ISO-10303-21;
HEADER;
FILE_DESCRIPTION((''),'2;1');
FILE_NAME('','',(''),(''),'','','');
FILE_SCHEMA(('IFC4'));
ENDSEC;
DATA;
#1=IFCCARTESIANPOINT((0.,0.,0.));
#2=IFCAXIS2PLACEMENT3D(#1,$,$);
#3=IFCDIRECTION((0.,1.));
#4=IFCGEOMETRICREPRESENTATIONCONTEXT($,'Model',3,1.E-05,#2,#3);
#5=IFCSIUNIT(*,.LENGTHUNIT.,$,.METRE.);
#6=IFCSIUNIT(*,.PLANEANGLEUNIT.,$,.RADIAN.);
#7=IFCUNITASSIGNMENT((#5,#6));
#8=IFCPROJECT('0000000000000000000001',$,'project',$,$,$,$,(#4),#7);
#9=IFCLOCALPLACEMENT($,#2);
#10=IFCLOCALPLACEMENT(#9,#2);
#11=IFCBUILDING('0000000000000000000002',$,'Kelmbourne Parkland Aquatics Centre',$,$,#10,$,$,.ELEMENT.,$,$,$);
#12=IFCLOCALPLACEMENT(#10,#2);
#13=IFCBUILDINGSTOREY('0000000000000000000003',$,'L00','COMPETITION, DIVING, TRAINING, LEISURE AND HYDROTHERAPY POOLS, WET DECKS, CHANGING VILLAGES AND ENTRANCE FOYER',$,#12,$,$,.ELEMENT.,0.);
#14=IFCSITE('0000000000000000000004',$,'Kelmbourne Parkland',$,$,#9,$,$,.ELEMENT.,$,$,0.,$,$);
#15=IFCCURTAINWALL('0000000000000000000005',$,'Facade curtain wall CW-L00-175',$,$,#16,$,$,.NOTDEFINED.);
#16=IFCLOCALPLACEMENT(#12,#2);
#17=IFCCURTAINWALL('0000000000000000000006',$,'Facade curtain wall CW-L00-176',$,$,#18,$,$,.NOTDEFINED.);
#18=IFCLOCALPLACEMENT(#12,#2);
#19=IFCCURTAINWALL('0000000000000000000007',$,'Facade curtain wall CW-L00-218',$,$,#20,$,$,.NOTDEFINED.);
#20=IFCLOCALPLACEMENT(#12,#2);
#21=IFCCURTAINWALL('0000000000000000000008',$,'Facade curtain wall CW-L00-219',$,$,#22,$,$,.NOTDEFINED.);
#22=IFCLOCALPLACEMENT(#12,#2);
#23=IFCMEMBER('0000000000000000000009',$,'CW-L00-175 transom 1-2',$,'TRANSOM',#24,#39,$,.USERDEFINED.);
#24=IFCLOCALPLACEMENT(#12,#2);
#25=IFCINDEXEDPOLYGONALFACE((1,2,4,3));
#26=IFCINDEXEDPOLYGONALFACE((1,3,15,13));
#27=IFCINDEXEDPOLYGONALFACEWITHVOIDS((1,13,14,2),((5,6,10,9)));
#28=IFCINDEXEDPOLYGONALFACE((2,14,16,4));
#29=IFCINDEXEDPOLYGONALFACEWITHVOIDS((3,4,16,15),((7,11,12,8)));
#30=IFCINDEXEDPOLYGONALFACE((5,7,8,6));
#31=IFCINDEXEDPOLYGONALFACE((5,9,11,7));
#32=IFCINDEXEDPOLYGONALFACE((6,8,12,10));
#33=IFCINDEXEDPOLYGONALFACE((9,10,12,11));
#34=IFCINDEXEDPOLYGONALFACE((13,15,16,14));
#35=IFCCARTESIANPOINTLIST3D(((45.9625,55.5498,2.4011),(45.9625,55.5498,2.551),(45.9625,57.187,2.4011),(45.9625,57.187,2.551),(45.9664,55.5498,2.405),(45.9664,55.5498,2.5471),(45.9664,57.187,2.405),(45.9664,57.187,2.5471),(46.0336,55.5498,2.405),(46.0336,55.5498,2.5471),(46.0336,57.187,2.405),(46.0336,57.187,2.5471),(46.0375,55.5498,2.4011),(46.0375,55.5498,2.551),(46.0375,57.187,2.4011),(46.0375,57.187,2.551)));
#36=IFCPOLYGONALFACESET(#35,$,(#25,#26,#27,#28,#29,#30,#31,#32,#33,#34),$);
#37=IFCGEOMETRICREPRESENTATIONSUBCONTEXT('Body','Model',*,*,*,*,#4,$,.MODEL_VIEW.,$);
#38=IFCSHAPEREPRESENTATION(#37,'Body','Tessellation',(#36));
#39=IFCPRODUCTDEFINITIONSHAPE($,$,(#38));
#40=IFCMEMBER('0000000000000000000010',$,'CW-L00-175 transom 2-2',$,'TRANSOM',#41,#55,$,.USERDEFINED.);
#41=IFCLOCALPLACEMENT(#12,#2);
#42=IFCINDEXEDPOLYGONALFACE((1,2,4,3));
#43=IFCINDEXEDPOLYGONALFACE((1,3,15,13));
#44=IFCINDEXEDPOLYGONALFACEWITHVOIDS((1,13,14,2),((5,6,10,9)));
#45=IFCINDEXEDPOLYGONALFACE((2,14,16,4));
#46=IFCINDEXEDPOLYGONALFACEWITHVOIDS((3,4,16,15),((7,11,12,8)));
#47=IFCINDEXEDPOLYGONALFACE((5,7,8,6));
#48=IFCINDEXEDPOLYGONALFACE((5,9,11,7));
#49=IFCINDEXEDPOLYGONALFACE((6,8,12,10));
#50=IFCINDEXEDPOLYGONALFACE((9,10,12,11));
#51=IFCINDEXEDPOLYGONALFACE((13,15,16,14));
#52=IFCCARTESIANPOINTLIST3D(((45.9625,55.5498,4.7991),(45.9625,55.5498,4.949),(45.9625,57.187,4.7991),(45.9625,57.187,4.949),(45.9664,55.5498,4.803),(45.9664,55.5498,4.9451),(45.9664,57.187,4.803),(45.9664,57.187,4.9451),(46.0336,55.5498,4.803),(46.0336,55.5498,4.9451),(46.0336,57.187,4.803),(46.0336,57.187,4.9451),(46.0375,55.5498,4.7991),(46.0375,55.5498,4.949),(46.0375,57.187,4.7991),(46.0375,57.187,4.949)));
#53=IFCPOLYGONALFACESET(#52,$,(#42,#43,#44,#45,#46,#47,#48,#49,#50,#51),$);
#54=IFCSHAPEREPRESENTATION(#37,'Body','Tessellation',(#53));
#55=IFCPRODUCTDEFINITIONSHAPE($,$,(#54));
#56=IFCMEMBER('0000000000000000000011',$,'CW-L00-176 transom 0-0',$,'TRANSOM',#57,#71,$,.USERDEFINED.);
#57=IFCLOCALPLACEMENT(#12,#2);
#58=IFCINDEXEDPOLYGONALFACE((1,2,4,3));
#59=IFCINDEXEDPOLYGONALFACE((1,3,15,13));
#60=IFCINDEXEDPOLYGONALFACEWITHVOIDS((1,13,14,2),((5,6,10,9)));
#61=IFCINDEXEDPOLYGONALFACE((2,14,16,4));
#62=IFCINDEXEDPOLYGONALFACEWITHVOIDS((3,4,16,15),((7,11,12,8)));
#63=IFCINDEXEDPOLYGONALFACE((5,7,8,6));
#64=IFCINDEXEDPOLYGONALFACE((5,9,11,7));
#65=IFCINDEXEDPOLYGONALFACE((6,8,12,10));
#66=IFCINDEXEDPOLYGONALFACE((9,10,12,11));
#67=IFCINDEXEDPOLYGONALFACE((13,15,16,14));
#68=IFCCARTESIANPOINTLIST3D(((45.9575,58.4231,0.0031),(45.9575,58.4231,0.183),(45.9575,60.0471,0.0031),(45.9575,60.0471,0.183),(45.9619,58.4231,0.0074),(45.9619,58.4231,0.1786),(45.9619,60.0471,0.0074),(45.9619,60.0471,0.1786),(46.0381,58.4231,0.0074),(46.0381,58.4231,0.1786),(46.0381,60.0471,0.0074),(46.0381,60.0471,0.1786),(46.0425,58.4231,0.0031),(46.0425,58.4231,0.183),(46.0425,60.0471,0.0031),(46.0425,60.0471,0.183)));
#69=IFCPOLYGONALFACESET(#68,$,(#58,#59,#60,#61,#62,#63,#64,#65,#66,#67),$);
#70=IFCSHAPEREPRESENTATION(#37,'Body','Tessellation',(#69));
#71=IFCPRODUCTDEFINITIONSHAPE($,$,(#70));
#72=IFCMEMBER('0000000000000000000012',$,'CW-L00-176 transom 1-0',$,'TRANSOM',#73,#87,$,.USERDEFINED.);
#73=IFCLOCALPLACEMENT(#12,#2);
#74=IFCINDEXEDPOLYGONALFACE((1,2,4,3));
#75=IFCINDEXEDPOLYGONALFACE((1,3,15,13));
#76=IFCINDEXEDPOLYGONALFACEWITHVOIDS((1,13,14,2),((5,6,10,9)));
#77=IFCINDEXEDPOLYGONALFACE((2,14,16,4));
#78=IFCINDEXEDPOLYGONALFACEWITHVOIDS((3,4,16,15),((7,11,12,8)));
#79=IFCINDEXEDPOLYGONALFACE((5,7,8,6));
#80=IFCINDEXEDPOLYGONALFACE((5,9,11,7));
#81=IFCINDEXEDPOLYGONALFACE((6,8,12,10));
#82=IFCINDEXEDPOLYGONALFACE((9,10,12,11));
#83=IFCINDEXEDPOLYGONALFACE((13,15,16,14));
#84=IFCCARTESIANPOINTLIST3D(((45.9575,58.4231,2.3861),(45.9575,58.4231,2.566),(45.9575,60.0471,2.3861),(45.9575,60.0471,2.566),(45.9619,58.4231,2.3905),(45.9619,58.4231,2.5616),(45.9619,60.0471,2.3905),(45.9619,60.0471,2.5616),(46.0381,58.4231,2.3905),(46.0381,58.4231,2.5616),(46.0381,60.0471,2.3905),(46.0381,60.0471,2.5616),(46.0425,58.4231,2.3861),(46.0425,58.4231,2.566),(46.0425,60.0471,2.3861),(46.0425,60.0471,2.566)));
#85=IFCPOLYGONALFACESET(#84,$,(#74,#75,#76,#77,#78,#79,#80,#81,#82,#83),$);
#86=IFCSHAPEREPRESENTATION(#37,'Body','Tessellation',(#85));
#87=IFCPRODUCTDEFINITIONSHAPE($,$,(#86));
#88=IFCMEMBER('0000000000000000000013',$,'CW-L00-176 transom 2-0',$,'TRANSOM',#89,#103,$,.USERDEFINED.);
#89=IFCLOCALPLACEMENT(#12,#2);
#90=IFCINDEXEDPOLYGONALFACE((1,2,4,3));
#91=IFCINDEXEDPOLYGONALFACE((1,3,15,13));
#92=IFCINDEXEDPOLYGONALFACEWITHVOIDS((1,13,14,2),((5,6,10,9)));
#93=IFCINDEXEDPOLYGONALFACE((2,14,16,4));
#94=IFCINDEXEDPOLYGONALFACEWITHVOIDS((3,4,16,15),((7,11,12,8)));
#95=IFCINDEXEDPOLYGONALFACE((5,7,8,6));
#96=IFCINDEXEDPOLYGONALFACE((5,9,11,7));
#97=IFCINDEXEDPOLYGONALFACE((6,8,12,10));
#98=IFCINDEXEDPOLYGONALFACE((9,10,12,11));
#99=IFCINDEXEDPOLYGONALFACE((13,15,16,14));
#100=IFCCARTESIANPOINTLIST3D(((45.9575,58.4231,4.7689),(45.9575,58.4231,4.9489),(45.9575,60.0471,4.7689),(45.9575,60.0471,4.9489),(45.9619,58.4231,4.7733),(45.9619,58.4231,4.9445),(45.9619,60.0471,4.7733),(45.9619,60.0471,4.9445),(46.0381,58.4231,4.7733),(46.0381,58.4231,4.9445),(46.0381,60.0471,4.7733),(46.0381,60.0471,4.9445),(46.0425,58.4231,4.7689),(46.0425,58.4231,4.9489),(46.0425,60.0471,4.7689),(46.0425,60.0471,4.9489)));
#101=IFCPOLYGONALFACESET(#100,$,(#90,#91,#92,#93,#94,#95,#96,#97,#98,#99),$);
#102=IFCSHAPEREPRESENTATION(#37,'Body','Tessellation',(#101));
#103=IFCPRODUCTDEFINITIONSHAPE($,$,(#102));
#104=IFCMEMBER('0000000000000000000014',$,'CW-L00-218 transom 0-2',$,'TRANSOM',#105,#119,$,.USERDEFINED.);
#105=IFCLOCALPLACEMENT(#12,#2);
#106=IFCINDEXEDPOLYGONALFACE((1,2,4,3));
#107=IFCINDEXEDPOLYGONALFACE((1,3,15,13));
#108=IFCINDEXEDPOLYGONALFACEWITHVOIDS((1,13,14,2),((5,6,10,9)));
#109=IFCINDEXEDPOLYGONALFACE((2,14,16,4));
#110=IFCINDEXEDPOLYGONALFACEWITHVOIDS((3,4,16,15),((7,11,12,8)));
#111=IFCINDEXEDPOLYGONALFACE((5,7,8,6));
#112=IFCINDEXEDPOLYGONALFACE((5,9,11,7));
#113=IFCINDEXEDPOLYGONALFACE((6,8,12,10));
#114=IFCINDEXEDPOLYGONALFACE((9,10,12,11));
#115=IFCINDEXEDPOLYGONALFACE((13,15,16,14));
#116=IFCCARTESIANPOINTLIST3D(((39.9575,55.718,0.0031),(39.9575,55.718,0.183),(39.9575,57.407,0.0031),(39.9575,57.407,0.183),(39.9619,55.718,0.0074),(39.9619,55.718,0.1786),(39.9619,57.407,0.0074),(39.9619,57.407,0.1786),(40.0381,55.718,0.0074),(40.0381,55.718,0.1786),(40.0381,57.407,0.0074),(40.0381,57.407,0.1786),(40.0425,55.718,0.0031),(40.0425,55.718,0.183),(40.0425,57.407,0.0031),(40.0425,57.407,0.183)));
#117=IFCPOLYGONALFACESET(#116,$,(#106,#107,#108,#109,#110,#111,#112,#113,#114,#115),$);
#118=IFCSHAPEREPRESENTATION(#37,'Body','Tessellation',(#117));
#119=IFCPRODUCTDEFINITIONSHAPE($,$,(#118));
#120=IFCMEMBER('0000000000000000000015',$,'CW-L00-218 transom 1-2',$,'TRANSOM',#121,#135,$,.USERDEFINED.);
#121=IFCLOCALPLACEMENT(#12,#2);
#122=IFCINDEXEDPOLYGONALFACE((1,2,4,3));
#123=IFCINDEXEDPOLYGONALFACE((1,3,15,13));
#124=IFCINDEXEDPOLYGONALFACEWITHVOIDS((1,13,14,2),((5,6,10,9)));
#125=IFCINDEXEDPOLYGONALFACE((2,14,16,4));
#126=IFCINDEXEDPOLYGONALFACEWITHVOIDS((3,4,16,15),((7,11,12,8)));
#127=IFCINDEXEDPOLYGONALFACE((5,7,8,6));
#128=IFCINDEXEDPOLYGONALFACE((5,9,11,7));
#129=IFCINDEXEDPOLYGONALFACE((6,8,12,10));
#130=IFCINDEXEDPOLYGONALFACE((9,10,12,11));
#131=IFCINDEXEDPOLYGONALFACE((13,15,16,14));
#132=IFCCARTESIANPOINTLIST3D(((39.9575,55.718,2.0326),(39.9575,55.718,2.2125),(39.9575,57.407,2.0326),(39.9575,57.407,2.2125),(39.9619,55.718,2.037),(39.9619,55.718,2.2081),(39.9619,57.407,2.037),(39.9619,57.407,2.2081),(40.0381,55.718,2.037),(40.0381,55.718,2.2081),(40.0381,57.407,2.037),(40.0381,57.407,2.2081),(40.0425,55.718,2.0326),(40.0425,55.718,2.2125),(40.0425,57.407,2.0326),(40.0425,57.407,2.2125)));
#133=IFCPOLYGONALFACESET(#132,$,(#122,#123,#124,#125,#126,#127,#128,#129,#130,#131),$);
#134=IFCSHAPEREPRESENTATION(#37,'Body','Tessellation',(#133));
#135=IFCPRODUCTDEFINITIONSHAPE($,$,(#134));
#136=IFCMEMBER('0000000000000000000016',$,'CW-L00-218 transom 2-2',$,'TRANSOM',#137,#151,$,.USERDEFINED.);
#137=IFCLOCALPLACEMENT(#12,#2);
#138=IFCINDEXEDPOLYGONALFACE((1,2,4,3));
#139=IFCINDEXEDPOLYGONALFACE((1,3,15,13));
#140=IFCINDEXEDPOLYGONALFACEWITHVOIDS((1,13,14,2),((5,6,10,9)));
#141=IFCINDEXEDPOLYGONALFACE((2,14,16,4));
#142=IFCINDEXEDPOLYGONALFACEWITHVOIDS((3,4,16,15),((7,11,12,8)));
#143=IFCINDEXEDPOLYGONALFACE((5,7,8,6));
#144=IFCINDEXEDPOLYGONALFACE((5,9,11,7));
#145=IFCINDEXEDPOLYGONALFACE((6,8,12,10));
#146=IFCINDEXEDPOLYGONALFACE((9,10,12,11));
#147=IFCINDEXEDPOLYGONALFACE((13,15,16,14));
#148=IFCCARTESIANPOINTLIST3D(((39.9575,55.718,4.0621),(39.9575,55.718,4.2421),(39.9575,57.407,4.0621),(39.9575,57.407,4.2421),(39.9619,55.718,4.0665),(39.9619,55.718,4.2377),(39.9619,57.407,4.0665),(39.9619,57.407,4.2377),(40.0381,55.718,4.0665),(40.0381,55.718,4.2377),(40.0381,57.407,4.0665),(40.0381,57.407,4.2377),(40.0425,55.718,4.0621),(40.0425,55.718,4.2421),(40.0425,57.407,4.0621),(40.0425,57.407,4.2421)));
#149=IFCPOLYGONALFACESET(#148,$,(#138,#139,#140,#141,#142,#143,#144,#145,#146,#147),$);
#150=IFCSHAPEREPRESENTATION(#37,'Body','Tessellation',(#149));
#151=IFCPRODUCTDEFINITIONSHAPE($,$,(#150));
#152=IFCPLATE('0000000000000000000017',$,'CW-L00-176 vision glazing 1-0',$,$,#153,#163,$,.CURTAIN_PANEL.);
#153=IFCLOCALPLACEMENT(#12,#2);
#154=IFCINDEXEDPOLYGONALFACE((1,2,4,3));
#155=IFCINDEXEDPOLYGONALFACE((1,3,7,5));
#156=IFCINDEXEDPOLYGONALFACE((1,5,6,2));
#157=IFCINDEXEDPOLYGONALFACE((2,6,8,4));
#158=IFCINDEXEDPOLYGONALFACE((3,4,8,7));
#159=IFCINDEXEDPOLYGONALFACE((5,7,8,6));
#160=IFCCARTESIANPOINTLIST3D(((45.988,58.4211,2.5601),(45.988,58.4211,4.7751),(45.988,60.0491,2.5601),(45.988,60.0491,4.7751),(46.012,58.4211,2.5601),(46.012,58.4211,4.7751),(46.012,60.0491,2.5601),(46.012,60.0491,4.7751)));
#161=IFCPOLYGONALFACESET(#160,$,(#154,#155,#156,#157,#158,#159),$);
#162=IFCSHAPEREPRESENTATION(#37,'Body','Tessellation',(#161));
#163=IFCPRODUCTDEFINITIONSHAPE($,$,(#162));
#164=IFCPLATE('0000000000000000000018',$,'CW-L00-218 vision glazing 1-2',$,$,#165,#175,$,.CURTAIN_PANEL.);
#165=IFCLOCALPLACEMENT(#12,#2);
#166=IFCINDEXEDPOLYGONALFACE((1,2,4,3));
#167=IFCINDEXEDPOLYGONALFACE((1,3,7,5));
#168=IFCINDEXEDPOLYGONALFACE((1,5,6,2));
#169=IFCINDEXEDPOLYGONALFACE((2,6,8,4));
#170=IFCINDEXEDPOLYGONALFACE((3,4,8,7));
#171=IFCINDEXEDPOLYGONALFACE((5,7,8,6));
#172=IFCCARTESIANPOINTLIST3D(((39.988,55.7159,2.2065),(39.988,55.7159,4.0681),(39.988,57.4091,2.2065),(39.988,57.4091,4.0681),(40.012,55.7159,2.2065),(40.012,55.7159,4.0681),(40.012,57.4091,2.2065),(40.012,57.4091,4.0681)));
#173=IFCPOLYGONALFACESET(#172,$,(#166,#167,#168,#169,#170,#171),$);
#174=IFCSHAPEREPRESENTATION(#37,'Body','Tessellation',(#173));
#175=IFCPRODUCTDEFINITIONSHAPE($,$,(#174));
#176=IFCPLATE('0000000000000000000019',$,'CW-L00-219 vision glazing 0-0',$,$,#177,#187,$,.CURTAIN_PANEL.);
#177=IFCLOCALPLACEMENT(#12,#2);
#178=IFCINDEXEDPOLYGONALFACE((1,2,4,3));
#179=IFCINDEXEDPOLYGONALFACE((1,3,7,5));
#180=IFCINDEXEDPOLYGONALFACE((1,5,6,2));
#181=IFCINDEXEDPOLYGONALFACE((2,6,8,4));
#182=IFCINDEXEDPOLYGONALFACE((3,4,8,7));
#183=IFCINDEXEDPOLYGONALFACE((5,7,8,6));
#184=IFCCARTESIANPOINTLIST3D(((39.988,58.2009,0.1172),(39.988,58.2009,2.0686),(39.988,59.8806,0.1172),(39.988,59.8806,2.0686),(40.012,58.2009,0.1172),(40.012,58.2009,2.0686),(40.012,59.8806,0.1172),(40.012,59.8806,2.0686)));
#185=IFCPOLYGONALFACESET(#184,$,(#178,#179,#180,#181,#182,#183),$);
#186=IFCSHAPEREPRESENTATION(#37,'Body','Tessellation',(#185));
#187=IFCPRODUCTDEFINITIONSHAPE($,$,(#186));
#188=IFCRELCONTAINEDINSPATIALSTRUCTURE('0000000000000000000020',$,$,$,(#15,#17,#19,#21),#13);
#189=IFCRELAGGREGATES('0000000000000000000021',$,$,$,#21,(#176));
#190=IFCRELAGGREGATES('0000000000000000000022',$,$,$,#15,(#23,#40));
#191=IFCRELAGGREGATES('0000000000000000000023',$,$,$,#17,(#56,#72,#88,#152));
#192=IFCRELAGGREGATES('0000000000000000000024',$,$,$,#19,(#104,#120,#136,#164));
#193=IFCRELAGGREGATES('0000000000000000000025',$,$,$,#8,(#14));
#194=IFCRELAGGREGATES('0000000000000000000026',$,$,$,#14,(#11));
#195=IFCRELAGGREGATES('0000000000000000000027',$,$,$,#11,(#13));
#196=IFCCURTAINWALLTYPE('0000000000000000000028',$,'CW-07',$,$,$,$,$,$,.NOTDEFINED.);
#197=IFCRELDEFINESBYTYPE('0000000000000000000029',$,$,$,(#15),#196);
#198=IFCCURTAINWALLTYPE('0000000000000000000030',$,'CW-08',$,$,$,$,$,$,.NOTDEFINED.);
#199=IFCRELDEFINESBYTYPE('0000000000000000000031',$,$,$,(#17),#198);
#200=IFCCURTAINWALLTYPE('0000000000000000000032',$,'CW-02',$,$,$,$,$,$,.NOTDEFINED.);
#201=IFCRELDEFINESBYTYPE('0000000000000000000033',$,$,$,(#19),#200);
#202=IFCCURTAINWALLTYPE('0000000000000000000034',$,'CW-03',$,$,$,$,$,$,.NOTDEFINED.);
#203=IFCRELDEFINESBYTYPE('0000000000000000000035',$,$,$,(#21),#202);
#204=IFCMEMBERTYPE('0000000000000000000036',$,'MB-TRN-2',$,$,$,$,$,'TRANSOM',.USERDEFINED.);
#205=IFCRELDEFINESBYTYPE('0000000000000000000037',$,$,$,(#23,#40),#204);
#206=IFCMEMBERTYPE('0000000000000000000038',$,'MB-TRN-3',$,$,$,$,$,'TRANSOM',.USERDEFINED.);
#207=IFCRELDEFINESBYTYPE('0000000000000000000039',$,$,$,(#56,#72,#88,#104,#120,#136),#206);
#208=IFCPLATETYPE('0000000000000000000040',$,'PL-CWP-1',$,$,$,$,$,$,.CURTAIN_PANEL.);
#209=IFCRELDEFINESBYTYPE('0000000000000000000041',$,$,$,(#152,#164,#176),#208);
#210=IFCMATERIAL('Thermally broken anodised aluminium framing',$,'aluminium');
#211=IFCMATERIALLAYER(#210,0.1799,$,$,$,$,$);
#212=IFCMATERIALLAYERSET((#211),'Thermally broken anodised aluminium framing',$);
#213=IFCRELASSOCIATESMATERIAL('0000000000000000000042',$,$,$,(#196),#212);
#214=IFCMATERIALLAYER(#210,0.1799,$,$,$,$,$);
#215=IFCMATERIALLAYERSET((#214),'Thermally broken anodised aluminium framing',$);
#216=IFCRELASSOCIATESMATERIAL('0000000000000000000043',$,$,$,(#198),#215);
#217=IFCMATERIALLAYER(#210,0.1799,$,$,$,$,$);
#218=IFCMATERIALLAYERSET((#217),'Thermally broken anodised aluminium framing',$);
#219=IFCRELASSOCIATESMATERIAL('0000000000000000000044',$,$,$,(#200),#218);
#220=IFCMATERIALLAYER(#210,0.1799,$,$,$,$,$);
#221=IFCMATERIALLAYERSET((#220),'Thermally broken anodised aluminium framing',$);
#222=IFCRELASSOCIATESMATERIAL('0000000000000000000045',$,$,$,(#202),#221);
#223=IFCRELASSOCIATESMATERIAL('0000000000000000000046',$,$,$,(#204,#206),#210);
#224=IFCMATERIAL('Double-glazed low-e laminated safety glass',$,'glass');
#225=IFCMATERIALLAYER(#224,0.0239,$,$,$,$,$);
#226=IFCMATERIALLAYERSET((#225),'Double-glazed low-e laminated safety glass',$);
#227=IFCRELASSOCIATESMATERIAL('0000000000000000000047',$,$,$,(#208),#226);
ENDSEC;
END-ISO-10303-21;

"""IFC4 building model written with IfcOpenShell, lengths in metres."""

from ifc_helpers import new_model, si_unit, direction, frame, origin, origin_2d, place, context, subcontext, project, spatial, rectangle, hollow_rectangle, extrude, material, layer, layer_set, material_profile, profile_set, type_object, element, aggregate, save


model = new_model("IFC4")

# Units and contexts
model_context = context("Model", 3, precision=1e-05, world=origin(), true_north=direction((0.0, 1.0)))
body_context = subcontext(model_context, "Body", "Model", "MODEL_VIEW")
ifc_project = project(units=[si_unit("LENGTHUNIT", "METRE"), si_unit("PLANEANGLEUNIT", "RADIAN")], contexts=[model_context])

# Site, building, storey
site_placement = place(None, origin())
site = spatial("IfcSite", under=ifc_project, at=site_placement, Name="Kelmbourne Parkland", CompositionType="ELEMENT", RefElevation=0.0)
building_placement = place(site_placement, origin())
building = spatial("IfcBuilding", under=site, at=building_placement, Name="Kelmbourne Parkland Aquatics Centre", CompositionType="ELEMENT")
storey_placement = place(building_placement, origin())
storey = spatial("IfcBuildingStorey", under=building, at=storey_placement, Name="L00", Description="COMPETITION, DIVING, TRAINING, LEISURE AND HYDROTHERAPY POOLS, WET DECKS, CHANGING VILLAGES AND ENTRANCE FOYER", CompositionType="ELEMENT", Elevation=0.0)

# Curtain walls
ifc_material_1 = material(Name="Thermally broken anodised aluminium framing", Category="aluminium")
ifc_layer_1 = layer(ifc_material_1, 0.1799)
ifc_layer_set_1 = layer_set([ifc_layer_1], Name="Thermally broken anodised aluminium framing")
curtain_wall_type_1 = type_object("IfcCurtainWallType", Name="CW-07", PredefinedType="NOTDEFINED", material=ifc_layer_set_1)
curtain_wall_1_placement = place(storey_placement, origin())
curtain_wall_1 = element("IfcCurtainWall", 1, at=curtain_wall_1_placement, inside=storey, type_object=curtain_wall_type_1, Name="Facade curtain wall CW-L00-175", PredefinedType="NOTDEFINED")
ifc_layer_2 = layer(ifc_material_1, 0.1799)
ifc_layer_set_2 = layer_set([ifc_layer_2], Name="Thermally broken anodised aluminium framing")
curtain_wall_type_2 = type_object("IfcCurtainWallType", Name="CW-08", PredefinedType="NOTDEFINED", material=ifc_layer_set_2)
curtain_wall_2_placement = place(storey_placement, origin())
curtain_wall_2 = element("IfcCurtainWall", 2, at=curtain_wall_2_placement, inside=storey, type_object=curtain_wall_type_2, Name="Facade curtain wall CW-L00-176", PredefinedType="NOTDEFINED")
ifc_layer_3 = layer(ifc_material_1, 0.1799)
ifc_layer_set_3 = layer_set([ifc_layer_3], Name="Thermally broken anodised aluminium framing")
curtain_wall_type_3 = type_object("IfcCurtainWallType", Name="CW-02", PredefinedType="NOTDEFINED", material=ifc_layer_set_3)
curtain_wall_3_placement = place(storey_placement, origin())
curtain_wall_3 = element("IfcCurtainWall", 3, at=curtain_wall_3_placement, inside=storey, type_object=curtain_wall_type_3, Name="Facade curtain wall CW-L00-218", PredefinedType="NOTDEFINED")

# Curtain wall
ifc_layer_4 = layer(ifc_material_1, 0.1799)
ifc_layer_set_4 = layer_set([ifc_layer_4], Name="Thermally broken anodised aluminium framing")
curtain_wall_type_4 = type_object("IfcCurtainWallType", Name="CW-03", PredefinedType="NOTDEFINED", material=ifc_layer_set_4)
curtain_wall_4_placement = place(storey_placement, origin())
curtain_wall_4 = element("IfcCurtainWall", 4, at=curtain_wall_4_placement, inside=storey, type_object=curtain_wall_type_4, Name="Facade curtain wall CW-L00-219", PredefinedType="NOTDEFINED")

# Members
ifc_material_profile_1 = material_profile(ifc_material_1, hollow_rectangle(XDim=0.075, YDim=0.1499, WallThickness=0.0039, at=origin_2d()), Name="CW-T 75x150")
ifc_profile_set_1 = profile_set([ifc_material_profile_1], Name="Thermally broken anodised aluminium framing")
member_type_1 = type_object("IfcMemberType", Name="MB-TRN-2", ElementType="TRANSOM", PredefinedType="USERDEFINED", material=ifc_profile_set_1)
member_1_placement = place(storey_placement, frame((46.0, 55.5498, 2.4761), z_axis=(0.0, 1.0, 0.0), x_axis=(-1.0, 0.0, 0.0)))
member_1 = element("IfcMember", 5, at=member_1_placement, type_object=member_type_1, Name="CW-L00-175 transom 1-2", ObjectType="TRANSOM", PredefinedType="USERDEFINED", context=body_context, shape_type="SweptSolid", body=[
    extrude(hollow_rectangle(XDim=0.075, YDim=0.1499, WallThickness=0.0039, at=origin_2d()), origin(), (0.0, 0.0, 1.0), 1.6372),
])
member_2_placement = place(storey_placement, frame((46.0, 55.5498, 4.874), z_axis=(0.0, 1.0, 0.0), x_axis=(-1.0, 0.0, 0.0)))
member_2 = element("IfcMember", 6, at=member_2_placement, type_object=member_type_1, Name="CW-L00-175 transom 2-2", ObjectType="TRANSOM", PredefinedType="USERDEFINED", context=body_context, shape_type="SweptSolid", body=[
    extrude(hollow_rectangle(XDim=0.075, YDim=0.1499, WallThickness=0.0039, at=origin_2d()), origin(), (0.0, 0.0, 1.0), 1.6372),
])
ifc_material_profile_2 = material_profile(ifc_material_1, hollow_rectangle(XDim=0.085, YDim=0.1799, WallThickness=0.0044, at=origin_2d()), Name="CW-T 85x180")
ifc_profile_set_2 = profile_set([ifc_material_profile_2], Name="Thermally broken anodised aluminium framing")
member_type_2 = type_object("IfcMemberType", Name="MB-TRN-3", ElementType="TRANSOM", PredefinedType="USERDEFINED", material=ifc_profile_set_2)
member_3_placement = place(storey_placement, frame((46.0, 58.4231, 0.093), z_axis=(0.0, 1.0, 0.0), x_axis=(-1.0, 0.0, 0.0)))
member_3 = element("IfcMember", 7, at=member_3_placement, type_object=member_type_2, Name="CW-L00-176 transom 0-0", ObjectType="TRANSOM", PredefinedType="USERDEFINED", context=body_context, shape_type="SweptSolid", body=[
    extrude(hollow_rectangle(XDim=0.085, YDim=0.1799, WallThickness=0.0044, at=origin_2d()), origin(), (0.0, 0.0, 1.0), 1.624),
])
member_4_placement = place(storey_placement, frame((46.0, 58.4231, 2.4761), z_axis=(0.0, 1.0, 0.0), x_axis=(-1.0, 0.0, 0.0)))
member_4 = element("IfcMember", 8, at=member_4_placement, type_object=member_type_2, Name="CW-L00-176 transom 1-0", ObjectType="TRANSOM", PredefinedType="USERDEFINED", context=body_context, shape_type="SweptSolid", body=[
    extrude(hollow_rectangle(XDim=0.085, YDim=0.1799, WallThickness=0.0044, at=origin_2d()), origin(), (0.0, 0.0, 1.0), 1.624),
])
member_5_placement = place(storey_placement, frame((46.0, 58.4231, 4.8589), z_axis=(0.0, 1.0, 0.0), x_axis=(-1.0, 0.0, 0.0)))
member_5 = element("IfcMember", 9, at=member_5_placement, type_object=member_type_2, Name="CW-L00-176 transom 2-0", ObjectType="TRANSOM", PredefinedType="USERDEFINED", context=body_context, shape_type="SweptSolid", body=[
    extrude(hollow_rectangle(XDim=0.085, YDim=0.1799, WallThickness=0.0044, at=origin_2d()), origin(), (0.0, 0.0, 1.0), 1.624),
])
member_6_placement = place(storey_placement, frame((40.0, 55.718, 0.093), z_axis=(0.0, 1.0, 0.0), x_axis=(-1.0, 0.0, 0.0)))
member_6 = element("IfcMember", 10, at=member_6_placement, type_object=member_type_2, Name="CW-L00-218 transom 0-2", ObjectType="TRANSOM", PredefinedType="USERDEFINED", context=body_context, shape_type="SweptSolid", body=[
    extrude(hollow_rectangle(XDim=0.085, YDim=0.1799, WallThickness=0.0044, at=origin_2d()), origin(), (0.0, 0.0, 1.0), 1.689),
])
member_7_placement = place(storey_placement, frame((40.0, 55.718, 2.1226), z_axis=(0.0, 1.0, 0.0), x_axis=(-1.0, 0.0, 0.0)))
member_7 = element("IfcMember", 11, at=member_7_placement, type_object=member_type_2, Name="CW-L00-218 transom 1-2", ObjectType="TRANSOM", PredefinedType="USERDEFINED", context=body_context, shape_type="SweptSolid", body=[
    extrude(hollow_rectangle(XDim=0.085, YDim=0.1799, WallThickness=0.0044, at=origin_2d()), origin(), (0.0, 0.0, 1.0), 1.689),
])
member_8_placement = place(storey_placement, frame((40.0, 55.718, 4.1521), z_axis=(0.0, 1.0, 0.0), x_axis=(-1.0, 0.0, 0.0)))
member_8 = element("IfcMember", 12, at=member_8_placement, type_object=member_type_2, Name="CW-L00-218 transom 2-2", ObjectType="TRANSOM", PredefinedType="USERDEFINED", context=body_context, shape_type="SweptSolid", body=[
    extrude(hollow_rectangle(XDim=0.085, YDim=0.1799, WallThickness=0.0044, at=origin_2d()), origin(), (0.0, 0.0, 1.0), 1.689),
])

# Plates
ifc_material_2 = material(Name="Double-glazed low-e laminated safety glass", Category="glass")
ifc_layer_5 = layer(ifc_material_2, 0.0239)
ifc_layer_set_5 = layer_set([ifc_layer_5], Name="Double-glazed low-e laminated safety glass")
plate_type_1 = type_object("IfcPlateType", Name="PL-CWP-1", PredefinedType="CURTAIN_PANEL", material=ifc_layer_set_5)
plate_1_placement = place(storey_placement, frame((46.0, 59.2351, 2.5601), z_axis=(0.0, 0.0, 1.0), x_axis=(0.0, 1.0, 0.0)))
plate_1 = element("IfcPlate", 13, at=plate_1_placement, type_object=plate_type_1, Name="CW-L00-176 vision glazing 1-0", PredefinedType="CURTAIN_PANEL", context=body_context, shape_type="SweptSolid", body=[
    extrude(rectangle(XDim=1.6279, YDim=0.0239, at=origin_2d()), origin(), (0.0, 0.0, 1.0), 2.2151),
])
plate_2_placement = place(storey_placement, frame((40.0, 56.5625, 2.2065), z_axis=(0.0, 0.0, 1.0), x_axis=(0.0, 1.0, 0.0)))
plate_2 = element("IfcPlate", 14, at=plate_2_placement, type_object=plate_type_1, Name="CW-L00-218 vision glazing 1-2", PredefinedType="CURTAIN_PANEL", context=body_context, shape_type="SweptSolid", body=[
    extrude(rectangle(XDim=1.6931, YDim=0.0239, at=origin_2d()), origin(), (0.0, 0.0, 1.0), 1.8616),
])
plate_3_placement = place(storey_placement, frame((40.0, 59.0408, 0.1172), z_axis=(0.0, 0.0, 1.0), x_axis=(0.0, 1.0, 0.0)))
plate_3 = element("IfcPlate", 15, at=plate_3_placement, type_object=plate_type_1, Name="CW-L00-219 vision glazing 0-0", PredefinedType="CURTAIN_PANEL", context=body_context, shape_type="SweptSolid", body=[
    extrude(rectangle(XDim=1.6797, YDim=0.0239, at=origin_2d()), origin(), (0.0, 0.0, 1.0), 1.9514),
])
aggregate(curtain_wall_4, [plate_3])
aggregate(curtain_wall_1, [member_1, member_2])
aggregate(curtain_wall_2, [member_3, member_4, member_5, plate_1])
aggregate(curtain_wall_3, [member_6, member_7, member_8, plate_2])

save(model, "model.ifc")
